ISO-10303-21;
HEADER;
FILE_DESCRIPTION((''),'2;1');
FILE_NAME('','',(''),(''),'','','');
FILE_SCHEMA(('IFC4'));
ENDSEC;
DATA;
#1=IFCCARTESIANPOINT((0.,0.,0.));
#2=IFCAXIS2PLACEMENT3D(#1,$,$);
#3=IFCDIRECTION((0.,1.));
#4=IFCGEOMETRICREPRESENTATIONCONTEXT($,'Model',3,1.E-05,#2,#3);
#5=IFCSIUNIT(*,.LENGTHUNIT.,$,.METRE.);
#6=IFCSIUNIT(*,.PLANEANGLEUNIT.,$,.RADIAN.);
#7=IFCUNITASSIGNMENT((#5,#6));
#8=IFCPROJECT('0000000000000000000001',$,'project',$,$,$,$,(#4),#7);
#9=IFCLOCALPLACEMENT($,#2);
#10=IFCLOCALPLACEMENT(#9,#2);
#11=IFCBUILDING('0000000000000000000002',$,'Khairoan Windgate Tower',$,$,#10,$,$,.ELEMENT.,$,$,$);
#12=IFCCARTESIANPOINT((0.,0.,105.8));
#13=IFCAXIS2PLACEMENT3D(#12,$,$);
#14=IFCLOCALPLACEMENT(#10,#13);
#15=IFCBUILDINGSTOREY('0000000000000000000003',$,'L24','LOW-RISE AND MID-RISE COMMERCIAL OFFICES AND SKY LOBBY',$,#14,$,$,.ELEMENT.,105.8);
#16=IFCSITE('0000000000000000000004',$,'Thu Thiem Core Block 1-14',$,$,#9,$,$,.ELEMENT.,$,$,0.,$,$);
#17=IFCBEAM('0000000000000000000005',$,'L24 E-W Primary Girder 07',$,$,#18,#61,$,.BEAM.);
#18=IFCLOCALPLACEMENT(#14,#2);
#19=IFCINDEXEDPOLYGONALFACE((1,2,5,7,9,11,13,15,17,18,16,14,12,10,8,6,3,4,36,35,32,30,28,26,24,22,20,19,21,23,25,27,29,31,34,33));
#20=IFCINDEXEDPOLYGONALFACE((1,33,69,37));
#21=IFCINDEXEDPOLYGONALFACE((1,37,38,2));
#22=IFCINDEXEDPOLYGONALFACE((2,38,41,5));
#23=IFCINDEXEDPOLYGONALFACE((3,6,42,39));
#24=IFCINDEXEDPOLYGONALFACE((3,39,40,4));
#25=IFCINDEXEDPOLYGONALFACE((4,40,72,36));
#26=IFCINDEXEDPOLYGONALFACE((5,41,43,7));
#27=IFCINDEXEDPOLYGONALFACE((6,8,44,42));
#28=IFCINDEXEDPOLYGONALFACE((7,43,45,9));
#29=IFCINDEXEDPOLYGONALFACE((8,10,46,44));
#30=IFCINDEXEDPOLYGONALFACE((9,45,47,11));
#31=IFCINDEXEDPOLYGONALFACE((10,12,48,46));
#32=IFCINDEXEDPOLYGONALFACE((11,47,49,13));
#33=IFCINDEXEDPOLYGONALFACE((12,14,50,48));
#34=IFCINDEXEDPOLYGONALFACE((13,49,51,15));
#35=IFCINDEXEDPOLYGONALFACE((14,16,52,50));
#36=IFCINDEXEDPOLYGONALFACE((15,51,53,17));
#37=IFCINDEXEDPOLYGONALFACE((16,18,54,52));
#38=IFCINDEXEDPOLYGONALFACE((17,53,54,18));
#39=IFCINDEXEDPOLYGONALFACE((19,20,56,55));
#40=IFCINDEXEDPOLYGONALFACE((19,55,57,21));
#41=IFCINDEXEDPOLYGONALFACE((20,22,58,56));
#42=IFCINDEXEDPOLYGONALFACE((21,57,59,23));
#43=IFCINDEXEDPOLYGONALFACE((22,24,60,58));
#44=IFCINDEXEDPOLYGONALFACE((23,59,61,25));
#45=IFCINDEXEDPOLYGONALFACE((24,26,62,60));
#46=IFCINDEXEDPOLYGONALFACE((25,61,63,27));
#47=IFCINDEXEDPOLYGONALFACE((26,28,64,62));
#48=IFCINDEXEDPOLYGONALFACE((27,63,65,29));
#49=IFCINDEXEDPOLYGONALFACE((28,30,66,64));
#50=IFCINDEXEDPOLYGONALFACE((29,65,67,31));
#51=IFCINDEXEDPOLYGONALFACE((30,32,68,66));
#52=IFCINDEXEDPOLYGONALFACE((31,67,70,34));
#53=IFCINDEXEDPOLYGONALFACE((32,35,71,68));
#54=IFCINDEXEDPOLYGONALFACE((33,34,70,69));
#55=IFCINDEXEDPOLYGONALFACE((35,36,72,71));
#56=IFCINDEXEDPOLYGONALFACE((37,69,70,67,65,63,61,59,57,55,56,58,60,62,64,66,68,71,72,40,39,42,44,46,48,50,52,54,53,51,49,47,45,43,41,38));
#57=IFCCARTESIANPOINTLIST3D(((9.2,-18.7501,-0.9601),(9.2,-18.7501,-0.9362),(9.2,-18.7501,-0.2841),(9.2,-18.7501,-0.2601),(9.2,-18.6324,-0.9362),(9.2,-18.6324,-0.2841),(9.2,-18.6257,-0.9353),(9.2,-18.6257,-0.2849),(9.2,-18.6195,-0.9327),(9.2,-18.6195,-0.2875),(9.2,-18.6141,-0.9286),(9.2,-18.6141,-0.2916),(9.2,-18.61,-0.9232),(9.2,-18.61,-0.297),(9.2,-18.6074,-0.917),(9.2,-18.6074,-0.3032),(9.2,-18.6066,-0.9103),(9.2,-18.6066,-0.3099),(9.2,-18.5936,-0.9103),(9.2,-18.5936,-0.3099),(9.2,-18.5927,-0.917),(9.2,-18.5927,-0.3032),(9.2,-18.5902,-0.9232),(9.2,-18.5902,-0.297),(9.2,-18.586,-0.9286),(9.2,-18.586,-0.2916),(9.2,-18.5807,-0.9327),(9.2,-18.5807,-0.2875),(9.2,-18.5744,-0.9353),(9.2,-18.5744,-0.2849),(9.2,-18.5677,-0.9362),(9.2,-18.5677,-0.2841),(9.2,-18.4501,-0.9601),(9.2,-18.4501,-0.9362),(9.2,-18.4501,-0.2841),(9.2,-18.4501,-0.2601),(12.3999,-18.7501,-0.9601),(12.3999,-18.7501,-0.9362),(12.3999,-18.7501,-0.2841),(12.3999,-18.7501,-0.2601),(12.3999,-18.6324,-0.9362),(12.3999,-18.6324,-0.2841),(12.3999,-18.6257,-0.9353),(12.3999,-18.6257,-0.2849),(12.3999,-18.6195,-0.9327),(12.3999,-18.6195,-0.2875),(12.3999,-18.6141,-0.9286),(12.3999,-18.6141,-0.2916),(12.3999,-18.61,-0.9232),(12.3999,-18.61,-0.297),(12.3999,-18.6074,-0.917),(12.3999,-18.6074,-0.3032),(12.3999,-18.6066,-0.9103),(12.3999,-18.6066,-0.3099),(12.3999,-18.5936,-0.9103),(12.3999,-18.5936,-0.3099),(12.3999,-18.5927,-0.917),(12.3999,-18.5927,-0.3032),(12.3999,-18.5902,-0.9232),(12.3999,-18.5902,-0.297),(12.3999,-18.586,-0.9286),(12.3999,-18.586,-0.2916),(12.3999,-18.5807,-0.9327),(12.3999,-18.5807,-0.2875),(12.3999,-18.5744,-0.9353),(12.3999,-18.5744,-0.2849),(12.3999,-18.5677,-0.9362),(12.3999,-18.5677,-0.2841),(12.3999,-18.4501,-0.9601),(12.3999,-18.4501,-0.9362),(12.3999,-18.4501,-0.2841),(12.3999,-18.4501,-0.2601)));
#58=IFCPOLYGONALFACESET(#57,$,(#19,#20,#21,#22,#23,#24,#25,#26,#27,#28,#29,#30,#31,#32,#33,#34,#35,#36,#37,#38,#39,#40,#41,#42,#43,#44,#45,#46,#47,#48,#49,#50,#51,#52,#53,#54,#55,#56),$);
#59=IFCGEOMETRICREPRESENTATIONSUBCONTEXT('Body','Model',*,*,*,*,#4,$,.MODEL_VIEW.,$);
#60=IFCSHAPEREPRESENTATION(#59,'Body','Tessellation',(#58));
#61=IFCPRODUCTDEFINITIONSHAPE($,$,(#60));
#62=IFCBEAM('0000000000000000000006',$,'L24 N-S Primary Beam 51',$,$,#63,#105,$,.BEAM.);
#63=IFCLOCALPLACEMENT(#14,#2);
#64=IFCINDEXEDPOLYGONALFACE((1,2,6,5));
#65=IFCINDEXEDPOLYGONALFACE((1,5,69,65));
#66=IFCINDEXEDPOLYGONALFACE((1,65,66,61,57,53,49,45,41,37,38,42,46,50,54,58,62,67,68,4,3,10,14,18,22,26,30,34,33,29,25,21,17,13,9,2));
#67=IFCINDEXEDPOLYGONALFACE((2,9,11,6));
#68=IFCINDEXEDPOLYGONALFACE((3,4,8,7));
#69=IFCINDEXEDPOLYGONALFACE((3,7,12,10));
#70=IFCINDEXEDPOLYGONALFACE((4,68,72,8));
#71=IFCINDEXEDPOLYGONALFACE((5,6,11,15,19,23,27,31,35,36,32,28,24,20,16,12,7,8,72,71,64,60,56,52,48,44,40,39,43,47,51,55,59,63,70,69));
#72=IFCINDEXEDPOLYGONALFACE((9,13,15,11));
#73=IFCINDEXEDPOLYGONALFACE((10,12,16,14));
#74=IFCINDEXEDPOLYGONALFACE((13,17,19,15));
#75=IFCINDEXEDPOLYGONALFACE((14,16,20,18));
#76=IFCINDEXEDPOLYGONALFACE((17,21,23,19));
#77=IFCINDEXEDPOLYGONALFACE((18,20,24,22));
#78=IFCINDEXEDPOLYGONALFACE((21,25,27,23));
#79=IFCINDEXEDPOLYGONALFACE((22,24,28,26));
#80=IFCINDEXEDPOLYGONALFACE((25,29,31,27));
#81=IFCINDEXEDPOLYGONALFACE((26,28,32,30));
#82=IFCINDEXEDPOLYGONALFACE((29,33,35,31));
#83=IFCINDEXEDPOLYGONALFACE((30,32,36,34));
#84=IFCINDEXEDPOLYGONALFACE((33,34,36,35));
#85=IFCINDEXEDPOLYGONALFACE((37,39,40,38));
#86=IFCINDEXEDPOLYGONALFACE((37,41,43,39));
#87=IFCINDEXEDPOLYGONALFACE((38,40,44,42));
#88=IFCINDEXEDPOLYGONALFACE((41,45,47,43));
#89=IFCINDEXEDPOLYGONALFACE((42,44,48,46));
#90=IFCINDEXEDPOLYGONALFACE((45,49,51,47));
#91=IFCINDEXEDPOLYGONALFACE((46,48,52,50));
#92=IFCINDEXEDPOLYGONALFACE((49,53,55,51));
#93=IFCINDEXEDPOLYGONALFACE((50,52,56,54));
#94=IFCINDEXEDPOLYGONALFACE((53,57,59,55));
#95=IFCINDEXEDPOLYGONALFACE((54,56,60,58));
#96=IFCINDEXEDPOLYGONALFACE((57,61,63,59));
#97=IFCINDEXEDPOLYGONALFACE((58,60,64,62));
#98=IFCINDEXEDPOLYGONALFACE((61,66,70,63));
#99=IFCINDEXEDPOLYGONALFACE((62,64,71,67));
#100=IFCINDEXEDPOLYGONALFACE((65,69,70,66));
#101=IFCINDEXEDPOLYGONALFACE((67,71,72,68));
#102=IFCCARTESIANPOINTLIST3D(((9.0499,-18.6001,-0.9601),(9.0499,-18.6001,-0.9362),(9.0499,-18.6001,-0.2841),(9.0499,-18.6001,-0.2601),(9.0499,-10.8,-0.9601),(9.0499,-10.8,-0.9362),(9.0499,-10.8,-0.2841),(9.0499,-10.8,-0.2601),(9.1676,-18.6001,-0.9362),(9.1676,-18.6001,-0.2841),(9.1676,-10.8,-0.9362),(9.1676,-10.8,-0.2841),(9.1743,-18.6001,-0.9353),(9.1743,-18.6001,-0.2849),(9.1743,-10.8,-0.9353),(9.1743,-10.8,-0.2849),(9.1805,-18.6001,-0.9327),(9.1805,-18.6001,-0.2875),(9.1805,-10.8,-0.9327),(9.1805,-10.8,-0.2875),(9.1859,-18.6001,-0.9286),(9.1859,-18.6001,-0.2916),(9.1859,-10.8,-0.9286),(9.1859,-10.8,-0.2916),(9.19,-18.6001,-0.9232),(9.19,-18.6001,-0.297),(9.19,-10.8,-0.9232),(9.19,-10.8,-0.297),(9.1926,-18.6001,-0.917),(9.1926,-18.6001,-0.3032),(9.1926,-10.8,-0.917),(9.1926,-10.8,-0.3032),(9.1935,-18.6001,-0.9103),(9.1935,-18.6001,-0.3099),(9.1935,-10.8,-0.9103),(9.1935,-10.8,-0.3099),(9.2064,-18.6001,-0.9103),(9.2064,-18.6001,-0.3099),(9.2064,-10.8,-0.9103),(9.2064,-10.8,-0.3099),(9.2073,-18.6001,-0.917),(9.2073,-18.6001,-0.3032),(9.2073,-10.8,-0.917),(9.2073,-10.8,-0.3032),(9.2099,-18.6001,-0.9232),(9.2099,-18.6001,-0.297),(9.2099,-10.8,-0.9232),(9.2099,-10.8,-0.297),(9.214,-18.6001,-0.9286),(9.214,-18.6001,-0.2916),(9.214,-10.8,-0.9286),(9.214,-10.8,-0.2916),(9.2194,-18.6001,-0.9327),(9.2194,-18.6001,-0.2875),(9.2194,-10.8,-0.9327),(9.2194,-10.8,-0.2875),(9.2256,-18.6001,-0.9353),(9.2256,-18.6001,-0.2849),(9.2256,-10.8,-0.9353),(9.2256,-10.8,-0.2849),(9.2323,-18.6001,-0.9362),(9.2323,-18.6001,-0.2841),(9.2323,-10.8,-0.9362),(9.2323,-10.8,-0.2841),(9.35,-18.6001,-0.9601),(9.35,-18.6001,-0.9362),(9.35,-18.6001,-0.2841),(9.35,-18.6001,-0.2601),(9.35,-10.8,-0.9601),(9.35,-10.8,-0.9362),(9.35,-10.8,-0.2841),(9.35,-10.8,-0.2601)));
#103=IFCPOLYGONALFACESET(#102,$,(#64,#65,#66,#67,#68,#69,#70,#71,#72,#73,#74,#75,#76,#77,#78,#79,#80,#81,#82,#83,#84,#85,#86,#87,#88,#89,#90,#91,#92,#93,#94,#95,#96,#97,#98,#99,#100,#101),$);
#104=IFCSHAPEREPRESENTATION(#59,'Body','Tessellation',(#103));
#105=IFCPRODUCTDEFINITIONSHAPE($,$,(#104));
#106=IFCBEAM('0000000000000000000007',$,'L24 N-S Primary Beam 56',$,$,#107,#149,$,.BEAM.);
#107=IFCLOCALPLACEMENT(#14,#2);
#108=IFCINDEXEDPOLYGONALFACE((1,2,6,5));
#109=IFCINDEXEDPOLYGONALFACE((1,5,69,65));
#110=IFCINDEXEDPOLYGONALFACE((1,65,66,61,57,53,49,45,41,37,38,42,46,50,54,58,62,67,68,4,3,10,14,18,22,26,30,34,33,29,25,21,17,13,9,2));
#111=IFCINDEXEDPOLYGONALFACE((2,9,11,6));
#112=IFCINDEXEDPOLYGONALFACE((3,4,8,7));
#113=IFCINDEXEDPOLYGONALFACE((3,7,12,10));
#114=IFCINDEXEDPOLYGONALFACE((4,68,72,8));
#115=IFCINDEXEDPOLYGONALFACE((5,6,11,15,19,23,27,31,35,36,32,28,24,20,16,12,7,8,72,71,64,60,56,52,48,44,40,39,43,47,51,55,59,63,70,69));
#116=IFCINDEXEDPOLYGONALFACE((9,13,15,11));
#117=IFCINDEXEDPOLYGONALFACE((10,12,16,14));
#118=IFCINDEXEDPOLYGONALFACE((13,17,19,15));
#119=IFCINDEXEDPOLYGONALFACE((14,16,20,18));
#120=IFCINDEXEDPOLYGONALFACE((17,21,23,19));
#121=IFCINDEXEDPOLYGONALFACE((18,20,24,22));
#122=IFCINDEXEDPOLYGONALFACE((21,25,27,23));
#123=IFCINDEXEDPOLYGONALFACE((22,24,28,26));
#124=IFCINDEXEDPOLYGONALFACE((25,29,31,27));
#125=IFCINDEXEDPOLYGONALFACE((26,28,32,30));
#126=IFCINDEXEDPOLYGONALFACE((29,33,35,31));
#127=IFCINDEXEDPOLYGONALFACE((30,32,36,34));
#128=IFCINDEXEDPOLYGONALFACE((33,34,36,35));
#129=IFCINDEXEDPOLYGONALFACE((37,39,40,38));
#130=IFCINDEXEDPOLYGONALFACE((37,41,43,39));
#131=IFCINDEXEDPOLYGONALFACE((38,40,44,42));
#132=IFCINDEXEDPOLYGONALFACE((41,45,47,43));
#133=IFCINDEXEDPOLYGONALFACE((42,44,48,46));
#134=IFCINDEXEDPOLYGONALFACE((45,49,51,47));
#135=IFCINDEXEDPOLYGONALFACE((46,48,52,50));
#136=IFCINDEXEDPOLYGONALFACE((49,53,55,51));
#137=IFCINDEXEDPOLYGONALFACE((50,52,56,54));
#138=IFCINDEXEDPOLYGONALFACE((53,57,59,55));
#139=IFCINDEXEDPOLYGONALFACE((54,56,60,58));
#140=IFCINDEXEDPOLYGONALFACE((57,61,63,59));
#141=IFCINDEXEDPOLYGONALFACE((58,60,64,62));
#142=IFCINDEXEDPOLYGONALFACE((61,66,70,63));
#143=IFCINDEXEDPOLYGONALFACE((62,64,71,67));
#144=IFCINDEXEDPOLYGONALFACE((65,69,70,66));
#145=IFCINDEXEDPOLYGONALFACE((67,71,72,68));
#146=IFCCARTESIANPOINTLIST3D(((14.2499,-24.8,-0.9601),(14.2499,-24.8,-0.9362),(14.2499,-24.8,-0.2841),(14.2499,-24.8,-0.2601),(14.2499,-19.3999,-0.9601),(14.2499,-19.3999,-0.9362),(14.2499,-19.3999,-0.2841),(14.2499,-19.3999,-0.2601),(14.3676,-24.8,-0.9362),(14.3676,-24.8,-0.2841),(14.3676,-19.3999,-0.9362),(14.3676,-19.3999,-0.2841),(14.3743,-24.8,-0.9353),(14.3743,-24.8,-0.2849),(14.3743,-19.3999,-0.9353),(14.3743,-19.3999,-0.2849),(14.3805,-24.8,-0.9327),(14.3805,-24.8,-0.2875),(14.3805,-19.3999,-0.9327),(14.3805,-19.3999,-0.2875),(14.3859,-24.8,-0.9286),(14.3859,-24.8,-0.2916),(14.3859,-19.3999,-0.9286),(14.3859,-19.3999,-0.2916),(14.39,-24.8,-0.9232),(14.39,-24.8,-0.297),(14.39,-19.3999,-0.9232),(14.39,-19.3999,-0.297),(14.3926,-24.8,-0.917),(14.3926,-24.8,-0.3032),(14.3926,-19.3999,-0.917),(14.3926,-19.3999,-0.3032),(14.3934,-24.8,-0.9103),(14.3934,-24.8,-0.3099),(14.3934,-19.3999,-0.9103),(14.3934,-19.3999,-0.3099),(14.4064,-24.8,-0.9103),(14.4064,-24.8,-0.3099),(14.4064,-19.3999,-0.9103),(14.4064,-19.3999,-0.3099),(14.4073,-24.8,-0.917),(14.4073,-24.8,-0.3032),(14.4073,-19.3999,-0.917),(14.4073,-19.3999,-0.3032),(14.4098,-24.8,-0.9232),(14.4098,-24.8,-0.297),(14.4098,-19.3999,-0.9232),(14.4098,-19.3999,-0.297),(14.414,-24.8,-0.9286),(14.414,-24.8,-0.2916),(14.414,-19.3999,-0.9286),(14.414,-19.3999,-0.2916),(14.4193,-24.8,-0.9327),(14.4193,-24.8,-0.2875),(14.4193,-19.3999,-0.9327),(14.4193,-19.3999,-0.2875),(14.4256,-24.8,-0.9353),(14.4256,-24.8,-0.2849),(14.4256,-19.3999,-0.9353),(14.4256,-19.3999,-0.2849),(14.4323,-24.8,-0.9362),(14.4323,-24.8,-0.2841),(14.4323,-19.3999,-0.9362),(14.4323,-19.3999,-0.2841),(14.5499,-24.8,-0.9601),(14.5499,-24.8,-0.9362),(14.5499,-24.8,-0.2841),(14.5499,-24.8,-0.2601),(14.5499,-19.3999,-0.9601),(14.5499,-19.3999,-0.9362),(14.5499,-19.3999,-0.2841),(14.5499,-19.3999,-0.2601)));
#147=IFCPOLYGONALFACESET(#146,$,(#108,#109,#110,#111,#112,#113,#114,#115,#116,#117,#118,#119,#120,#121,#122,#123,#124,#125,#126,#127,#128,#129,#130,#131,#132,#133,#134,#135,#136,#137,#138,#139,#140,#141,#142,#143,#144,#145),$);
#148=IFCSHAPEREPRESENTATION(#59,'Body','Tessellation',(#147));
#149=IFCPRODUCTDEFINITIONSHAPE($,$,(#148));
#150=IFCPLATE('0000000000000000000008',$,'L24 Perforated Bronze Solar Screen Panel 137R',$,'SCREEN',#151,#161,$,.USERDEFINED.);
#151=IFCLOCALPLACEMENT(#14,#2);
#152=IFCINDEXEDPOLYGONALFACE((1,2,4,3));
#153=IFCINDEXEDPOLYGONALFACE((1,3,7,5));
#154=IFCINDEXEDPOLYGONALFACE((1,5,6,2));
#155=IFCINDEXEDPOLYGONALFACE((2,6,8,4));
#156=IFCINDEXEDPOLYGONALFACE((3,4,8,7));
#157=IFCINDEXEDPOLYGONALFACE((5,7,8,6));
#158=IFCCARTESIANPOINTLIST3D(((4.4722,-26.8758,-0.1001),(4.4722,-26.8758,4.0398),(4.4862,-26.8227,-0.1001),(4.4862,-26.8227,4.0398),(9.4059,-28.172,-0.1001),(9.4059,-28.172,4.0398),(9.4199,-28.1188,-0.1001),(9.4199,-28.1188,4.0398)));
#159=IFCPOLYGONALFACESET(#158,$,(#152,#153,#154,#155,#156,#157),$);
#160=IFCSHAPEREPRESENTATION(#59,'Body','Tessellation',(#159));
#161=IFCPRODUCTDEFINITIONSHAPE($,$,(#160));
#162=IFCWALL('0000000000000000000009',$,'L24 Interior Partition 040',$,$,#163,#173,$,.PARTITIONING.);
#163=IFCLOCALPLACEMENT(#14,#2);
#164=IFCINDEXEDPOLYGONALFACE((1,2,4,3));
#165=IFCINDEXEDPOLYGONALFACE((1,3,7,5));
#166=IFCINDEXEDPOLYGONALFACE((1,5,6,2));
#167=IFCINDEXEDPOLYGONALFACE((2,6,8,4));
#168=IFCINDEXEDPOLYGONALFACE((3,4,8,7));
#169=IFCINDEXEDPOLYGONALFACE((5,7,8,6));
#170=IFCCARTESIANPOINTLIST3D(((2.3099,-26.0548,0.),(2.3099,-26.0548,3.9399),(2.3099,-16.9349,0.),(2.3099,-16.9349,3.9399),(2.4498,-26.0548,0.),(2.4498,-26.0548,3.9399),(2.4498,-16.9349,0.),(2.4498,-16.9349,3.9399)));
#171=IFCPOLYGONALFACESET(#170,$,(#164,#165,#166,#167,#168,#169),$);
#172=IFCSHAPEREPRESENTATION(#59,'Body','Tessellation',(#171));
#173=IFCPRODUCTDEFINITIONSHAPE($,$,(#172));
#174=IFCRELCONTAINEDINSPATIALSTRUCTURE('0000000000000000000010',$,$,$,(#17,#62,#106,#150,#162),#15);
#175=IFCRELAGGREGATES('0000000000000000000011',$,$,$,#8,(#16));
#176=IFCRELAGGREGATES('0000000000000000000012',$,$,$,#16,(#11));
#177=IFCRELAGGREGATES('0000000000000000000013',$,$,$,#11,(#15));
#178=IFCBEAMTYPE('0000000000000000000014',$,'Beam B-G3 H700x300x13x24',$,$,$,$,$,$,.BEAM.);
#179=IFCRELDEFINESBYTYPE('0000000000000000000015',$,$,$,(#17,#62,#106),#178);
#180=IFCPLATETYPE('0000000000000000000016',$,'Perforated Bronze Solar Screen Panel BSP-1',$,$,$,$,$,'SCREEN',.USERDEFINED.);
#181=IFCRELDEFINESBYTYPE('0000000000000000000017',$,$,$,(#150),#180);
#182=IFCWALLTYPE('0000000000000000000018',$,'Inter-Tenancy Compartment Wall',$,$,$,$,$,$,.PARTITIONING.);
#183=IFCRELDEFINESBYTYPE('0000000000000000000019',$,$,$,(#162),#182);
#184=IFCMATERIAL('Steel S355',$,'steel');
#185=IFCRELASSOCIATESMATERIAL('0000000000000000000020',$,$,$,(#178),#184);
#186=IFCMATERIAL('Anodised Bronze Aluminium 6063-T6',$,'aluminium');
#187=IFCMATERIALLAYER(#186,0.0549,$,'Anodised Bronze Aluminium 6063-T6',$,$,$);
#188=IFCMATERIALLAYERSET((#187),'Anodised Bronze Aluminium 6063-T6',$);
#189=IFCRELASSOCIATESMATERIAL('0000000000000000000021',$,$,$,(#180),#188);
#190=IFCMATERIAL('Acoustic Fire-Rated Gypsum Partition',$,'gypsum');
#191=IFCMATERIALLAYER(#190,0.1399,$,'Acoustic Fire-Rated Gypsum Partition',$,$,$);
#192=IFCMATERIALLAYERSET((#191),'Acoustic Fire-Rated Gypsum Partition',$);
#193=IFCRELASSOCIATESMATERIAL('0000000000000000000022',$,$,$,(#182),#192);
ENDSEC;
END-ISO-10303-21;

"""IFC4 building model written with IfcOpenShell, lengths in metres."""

from ifc_helpers import new_model, si_unit, direction, frame, frame_2d, origin, origin_2d, place, context, subcontext, project, spatial, rectangle, i_section, extrude, material, layer, layer_set, material_profile, profile_set, type_object, element, save


model = new_model("IFC4")

# Units and contexts
model_context = context("Model", 3, precision=1e-05, world=origin(), true_north=direction((0.0, 1.0)))
body_context = subcontext(model_context, "Body", "Model", "MODEL_VIEW")
ifc_project = project(units=[si_unit("LENGTHUNIT", "METRE"), si_unit("PLANEANGLEUNIT", "RADIAN")], contexts=[model_context])

# Site, building, storey
site_placement = place(None, origin())
site = spatial("IfcSite", under=ifc_project, at=site_placement, Name="Thu Thiem Core Block 1-14", CompositionType="ELEMENT", RefElevation=0.0)
building_placement = place(site_placement, origin())
building = spatial("IfcBuilding", under=site, at=building_placement, Name="Khairoan Windgate Tower", CompositionType="ELEMENT")
storey_placement = place(building_placement, frame((0.0, 0.0, 105.8)))
storey = spatial("IfcBuildingStorey", under=building, at=storey_placement, Name="L24", Description="LOW-RISE AND MID-RISE COMMERCIAL OFFICES AND SKY LOBBY", CompositionType="ELEMENT", Elevation=105.8)

# Beams
ifc_material_1 = material(Name="Steel S355", Category="steel")
ifc_material_profile_1 = material_profile(ifc_material_1, i_section(OverallWidth=0.3, OverallDepth=0.7, WebThickness=0.0129, FlangeThickness=0.0239, FilletRadius=0.0259, at=origin_2d()))
ifc_profile_set_1 = profile_set([ifc_material_profile_1], Name="Steel S355")
beam_type = type_object("IfcBeamType", Name="Beam B-G3 H700x300x13x24", PredefinedType="BEAM", material=ifc_profile_set_1)
beam_1_placement = place(storey_placement, frame((9.2, -18.6001, -0.6101), z_axis=(1.0, 0.0, 0.0), x_axis=(0.0, 1.0, 0.0)))
element("IfcBeam", 1, at=beam_1_placement, inside=storey, type_object=beam_type, Name="L24 E-W Primary Girder 07", PredefinedType="BEAM", context=body_context, shape_type="SweptSolid", body=[
    extrude(i_section(OverallWidth=0.3, OverallDepth=0.7, WebThickness=0.0129, FlangeThickness=0.0239, FilletRadius=0.0259, at=origin_2d()), origin(), (0.0, 0.0, 1.0), 3.2),
])
beam_2_placement = place(storey_placement, frame((9.2, -18.6001, -0.6101), z_axis=(0.0, 1.0, 0.0), x_axis=(-1.0, 0.0, 0.0)))
element("IfcBeam", 2, at=beam_2_placement, inside=storey, type_object=beam_type, Name="L24 N-S Primary Beam 51", PredefinedType="BEAM", context=body_context, shape_type="SweptSolid", body=[
    extrude(i_section(OverallWidth=0.3, OverallDepth=0.7, WebThickness=0.0129, FlangeThickness=0.0239, FilletRadius=0.0259, at=origin_2d()), origin(), (0.0, 0.0, 1.0), 7.8),
])
beam_3_placement = place(storey_placement, frame((14.3999, -24.8, -0.6101), z_axis=(0.0, 1.0, 0.0), x_axis=(-1.0, 0.0, 0.0)))
element("IfcBeam", 3, at=beam_3_placement, inside=storey, type_object=beam_type, Name="L24 N-S Primary Beam 56", PredefinedType="BEAM", context=body_context, shape_type="SweptSolid", body=[
    extrude(i_section(OverallWidth=0.3, OverallDepth=0.7, WebThickness=0.0129, FlangeThickness=0.0239, FilletRadius=0.0259, at=origin_2d()), origin(), (0.0, 0.0, 1.0), 5.4001),
])

# Plate
ifc_material_2 = material(Name="Anodised Bronze Aluminium 6063-T6", Category="aluminium")
ifc_layer_1 = layer(ifc_material_2, 0.0549, Name="Anodised Bronze Aluminium 6063-T6")
ifc_layer_set_1 = layer_set([ifc_layer_1], Name="Anodised Bronze Aluminium 6063-T6")
plate_type = type_object("IfcPlateType", Name="Perforated Bronze Solar Screen Panel BSP-1", ElementType="SCREEN", PredefinedType="USERDEFINED", material=ifc_layer_set_1)
plate_placement = place(storey_placement, frame((6.946, -27.4973, -0.1001), z_axis=(0.0, 0.0, 1.0), x_axis=(-0.967179, 0.254096, 0.0)))
element("IfcPlate", 4, at=plate_placement, inside=storey, type_object=plate_type, Name="L24 Perforated Bronze Solar Screen Panel 137R", ObjectType="SCREEN", PredefinedType="USERDEFINED", context=body_context, shape_type="SweptSolid", body=[
    extrude(rectangle(XDim=5.1011, YDim=0.0549, at=origin_2d()), origin(), (0.0, 0.0, 1.0), 4.1399),
])

# Wall
ifc_material_3 = material(Name="Acoustic Fire-Rated Gypsum Partition", Category="gypsum")
ifc_layer_2 = layer(ifc_material_3, 0.1399, Name="Acoustic Fire-Rated Gypsum Partition")
ifc_layer_set_2 = layer_set([ifc_layer_2], Name="Acoustic Fire-Rated Gypsum Partition")
wall_type_1 = type_object("IfcWallType", Name="Inter-Tenancy Compartment Wall", PredefinedType="PARTITIONING", material=ifc_layer_set_2)
wall_1_placement = place(storey_placement, frame((2.3799, -26.0549, 0.0), z_axis=(0.0, 0.0, 1.0), x_axis=(0.0, 1.0, 0.0)))
element("IfcWall", 5, at=wall_1_placement, inside=storey, type_object=wall_type_1, Name="L24 Interior Partition 040", PredefinedType="PARTITIONING", context=body_context, shape_type="SweptSolid", body=[
    extrude(rectangle(XDim=9.1199, YDim=0.1399, at=frame_2d((4.5601, 0.0))), origin(), (0.0, 0.0, 1.0), 3.9399),
])

save(model, "model.ifc")
